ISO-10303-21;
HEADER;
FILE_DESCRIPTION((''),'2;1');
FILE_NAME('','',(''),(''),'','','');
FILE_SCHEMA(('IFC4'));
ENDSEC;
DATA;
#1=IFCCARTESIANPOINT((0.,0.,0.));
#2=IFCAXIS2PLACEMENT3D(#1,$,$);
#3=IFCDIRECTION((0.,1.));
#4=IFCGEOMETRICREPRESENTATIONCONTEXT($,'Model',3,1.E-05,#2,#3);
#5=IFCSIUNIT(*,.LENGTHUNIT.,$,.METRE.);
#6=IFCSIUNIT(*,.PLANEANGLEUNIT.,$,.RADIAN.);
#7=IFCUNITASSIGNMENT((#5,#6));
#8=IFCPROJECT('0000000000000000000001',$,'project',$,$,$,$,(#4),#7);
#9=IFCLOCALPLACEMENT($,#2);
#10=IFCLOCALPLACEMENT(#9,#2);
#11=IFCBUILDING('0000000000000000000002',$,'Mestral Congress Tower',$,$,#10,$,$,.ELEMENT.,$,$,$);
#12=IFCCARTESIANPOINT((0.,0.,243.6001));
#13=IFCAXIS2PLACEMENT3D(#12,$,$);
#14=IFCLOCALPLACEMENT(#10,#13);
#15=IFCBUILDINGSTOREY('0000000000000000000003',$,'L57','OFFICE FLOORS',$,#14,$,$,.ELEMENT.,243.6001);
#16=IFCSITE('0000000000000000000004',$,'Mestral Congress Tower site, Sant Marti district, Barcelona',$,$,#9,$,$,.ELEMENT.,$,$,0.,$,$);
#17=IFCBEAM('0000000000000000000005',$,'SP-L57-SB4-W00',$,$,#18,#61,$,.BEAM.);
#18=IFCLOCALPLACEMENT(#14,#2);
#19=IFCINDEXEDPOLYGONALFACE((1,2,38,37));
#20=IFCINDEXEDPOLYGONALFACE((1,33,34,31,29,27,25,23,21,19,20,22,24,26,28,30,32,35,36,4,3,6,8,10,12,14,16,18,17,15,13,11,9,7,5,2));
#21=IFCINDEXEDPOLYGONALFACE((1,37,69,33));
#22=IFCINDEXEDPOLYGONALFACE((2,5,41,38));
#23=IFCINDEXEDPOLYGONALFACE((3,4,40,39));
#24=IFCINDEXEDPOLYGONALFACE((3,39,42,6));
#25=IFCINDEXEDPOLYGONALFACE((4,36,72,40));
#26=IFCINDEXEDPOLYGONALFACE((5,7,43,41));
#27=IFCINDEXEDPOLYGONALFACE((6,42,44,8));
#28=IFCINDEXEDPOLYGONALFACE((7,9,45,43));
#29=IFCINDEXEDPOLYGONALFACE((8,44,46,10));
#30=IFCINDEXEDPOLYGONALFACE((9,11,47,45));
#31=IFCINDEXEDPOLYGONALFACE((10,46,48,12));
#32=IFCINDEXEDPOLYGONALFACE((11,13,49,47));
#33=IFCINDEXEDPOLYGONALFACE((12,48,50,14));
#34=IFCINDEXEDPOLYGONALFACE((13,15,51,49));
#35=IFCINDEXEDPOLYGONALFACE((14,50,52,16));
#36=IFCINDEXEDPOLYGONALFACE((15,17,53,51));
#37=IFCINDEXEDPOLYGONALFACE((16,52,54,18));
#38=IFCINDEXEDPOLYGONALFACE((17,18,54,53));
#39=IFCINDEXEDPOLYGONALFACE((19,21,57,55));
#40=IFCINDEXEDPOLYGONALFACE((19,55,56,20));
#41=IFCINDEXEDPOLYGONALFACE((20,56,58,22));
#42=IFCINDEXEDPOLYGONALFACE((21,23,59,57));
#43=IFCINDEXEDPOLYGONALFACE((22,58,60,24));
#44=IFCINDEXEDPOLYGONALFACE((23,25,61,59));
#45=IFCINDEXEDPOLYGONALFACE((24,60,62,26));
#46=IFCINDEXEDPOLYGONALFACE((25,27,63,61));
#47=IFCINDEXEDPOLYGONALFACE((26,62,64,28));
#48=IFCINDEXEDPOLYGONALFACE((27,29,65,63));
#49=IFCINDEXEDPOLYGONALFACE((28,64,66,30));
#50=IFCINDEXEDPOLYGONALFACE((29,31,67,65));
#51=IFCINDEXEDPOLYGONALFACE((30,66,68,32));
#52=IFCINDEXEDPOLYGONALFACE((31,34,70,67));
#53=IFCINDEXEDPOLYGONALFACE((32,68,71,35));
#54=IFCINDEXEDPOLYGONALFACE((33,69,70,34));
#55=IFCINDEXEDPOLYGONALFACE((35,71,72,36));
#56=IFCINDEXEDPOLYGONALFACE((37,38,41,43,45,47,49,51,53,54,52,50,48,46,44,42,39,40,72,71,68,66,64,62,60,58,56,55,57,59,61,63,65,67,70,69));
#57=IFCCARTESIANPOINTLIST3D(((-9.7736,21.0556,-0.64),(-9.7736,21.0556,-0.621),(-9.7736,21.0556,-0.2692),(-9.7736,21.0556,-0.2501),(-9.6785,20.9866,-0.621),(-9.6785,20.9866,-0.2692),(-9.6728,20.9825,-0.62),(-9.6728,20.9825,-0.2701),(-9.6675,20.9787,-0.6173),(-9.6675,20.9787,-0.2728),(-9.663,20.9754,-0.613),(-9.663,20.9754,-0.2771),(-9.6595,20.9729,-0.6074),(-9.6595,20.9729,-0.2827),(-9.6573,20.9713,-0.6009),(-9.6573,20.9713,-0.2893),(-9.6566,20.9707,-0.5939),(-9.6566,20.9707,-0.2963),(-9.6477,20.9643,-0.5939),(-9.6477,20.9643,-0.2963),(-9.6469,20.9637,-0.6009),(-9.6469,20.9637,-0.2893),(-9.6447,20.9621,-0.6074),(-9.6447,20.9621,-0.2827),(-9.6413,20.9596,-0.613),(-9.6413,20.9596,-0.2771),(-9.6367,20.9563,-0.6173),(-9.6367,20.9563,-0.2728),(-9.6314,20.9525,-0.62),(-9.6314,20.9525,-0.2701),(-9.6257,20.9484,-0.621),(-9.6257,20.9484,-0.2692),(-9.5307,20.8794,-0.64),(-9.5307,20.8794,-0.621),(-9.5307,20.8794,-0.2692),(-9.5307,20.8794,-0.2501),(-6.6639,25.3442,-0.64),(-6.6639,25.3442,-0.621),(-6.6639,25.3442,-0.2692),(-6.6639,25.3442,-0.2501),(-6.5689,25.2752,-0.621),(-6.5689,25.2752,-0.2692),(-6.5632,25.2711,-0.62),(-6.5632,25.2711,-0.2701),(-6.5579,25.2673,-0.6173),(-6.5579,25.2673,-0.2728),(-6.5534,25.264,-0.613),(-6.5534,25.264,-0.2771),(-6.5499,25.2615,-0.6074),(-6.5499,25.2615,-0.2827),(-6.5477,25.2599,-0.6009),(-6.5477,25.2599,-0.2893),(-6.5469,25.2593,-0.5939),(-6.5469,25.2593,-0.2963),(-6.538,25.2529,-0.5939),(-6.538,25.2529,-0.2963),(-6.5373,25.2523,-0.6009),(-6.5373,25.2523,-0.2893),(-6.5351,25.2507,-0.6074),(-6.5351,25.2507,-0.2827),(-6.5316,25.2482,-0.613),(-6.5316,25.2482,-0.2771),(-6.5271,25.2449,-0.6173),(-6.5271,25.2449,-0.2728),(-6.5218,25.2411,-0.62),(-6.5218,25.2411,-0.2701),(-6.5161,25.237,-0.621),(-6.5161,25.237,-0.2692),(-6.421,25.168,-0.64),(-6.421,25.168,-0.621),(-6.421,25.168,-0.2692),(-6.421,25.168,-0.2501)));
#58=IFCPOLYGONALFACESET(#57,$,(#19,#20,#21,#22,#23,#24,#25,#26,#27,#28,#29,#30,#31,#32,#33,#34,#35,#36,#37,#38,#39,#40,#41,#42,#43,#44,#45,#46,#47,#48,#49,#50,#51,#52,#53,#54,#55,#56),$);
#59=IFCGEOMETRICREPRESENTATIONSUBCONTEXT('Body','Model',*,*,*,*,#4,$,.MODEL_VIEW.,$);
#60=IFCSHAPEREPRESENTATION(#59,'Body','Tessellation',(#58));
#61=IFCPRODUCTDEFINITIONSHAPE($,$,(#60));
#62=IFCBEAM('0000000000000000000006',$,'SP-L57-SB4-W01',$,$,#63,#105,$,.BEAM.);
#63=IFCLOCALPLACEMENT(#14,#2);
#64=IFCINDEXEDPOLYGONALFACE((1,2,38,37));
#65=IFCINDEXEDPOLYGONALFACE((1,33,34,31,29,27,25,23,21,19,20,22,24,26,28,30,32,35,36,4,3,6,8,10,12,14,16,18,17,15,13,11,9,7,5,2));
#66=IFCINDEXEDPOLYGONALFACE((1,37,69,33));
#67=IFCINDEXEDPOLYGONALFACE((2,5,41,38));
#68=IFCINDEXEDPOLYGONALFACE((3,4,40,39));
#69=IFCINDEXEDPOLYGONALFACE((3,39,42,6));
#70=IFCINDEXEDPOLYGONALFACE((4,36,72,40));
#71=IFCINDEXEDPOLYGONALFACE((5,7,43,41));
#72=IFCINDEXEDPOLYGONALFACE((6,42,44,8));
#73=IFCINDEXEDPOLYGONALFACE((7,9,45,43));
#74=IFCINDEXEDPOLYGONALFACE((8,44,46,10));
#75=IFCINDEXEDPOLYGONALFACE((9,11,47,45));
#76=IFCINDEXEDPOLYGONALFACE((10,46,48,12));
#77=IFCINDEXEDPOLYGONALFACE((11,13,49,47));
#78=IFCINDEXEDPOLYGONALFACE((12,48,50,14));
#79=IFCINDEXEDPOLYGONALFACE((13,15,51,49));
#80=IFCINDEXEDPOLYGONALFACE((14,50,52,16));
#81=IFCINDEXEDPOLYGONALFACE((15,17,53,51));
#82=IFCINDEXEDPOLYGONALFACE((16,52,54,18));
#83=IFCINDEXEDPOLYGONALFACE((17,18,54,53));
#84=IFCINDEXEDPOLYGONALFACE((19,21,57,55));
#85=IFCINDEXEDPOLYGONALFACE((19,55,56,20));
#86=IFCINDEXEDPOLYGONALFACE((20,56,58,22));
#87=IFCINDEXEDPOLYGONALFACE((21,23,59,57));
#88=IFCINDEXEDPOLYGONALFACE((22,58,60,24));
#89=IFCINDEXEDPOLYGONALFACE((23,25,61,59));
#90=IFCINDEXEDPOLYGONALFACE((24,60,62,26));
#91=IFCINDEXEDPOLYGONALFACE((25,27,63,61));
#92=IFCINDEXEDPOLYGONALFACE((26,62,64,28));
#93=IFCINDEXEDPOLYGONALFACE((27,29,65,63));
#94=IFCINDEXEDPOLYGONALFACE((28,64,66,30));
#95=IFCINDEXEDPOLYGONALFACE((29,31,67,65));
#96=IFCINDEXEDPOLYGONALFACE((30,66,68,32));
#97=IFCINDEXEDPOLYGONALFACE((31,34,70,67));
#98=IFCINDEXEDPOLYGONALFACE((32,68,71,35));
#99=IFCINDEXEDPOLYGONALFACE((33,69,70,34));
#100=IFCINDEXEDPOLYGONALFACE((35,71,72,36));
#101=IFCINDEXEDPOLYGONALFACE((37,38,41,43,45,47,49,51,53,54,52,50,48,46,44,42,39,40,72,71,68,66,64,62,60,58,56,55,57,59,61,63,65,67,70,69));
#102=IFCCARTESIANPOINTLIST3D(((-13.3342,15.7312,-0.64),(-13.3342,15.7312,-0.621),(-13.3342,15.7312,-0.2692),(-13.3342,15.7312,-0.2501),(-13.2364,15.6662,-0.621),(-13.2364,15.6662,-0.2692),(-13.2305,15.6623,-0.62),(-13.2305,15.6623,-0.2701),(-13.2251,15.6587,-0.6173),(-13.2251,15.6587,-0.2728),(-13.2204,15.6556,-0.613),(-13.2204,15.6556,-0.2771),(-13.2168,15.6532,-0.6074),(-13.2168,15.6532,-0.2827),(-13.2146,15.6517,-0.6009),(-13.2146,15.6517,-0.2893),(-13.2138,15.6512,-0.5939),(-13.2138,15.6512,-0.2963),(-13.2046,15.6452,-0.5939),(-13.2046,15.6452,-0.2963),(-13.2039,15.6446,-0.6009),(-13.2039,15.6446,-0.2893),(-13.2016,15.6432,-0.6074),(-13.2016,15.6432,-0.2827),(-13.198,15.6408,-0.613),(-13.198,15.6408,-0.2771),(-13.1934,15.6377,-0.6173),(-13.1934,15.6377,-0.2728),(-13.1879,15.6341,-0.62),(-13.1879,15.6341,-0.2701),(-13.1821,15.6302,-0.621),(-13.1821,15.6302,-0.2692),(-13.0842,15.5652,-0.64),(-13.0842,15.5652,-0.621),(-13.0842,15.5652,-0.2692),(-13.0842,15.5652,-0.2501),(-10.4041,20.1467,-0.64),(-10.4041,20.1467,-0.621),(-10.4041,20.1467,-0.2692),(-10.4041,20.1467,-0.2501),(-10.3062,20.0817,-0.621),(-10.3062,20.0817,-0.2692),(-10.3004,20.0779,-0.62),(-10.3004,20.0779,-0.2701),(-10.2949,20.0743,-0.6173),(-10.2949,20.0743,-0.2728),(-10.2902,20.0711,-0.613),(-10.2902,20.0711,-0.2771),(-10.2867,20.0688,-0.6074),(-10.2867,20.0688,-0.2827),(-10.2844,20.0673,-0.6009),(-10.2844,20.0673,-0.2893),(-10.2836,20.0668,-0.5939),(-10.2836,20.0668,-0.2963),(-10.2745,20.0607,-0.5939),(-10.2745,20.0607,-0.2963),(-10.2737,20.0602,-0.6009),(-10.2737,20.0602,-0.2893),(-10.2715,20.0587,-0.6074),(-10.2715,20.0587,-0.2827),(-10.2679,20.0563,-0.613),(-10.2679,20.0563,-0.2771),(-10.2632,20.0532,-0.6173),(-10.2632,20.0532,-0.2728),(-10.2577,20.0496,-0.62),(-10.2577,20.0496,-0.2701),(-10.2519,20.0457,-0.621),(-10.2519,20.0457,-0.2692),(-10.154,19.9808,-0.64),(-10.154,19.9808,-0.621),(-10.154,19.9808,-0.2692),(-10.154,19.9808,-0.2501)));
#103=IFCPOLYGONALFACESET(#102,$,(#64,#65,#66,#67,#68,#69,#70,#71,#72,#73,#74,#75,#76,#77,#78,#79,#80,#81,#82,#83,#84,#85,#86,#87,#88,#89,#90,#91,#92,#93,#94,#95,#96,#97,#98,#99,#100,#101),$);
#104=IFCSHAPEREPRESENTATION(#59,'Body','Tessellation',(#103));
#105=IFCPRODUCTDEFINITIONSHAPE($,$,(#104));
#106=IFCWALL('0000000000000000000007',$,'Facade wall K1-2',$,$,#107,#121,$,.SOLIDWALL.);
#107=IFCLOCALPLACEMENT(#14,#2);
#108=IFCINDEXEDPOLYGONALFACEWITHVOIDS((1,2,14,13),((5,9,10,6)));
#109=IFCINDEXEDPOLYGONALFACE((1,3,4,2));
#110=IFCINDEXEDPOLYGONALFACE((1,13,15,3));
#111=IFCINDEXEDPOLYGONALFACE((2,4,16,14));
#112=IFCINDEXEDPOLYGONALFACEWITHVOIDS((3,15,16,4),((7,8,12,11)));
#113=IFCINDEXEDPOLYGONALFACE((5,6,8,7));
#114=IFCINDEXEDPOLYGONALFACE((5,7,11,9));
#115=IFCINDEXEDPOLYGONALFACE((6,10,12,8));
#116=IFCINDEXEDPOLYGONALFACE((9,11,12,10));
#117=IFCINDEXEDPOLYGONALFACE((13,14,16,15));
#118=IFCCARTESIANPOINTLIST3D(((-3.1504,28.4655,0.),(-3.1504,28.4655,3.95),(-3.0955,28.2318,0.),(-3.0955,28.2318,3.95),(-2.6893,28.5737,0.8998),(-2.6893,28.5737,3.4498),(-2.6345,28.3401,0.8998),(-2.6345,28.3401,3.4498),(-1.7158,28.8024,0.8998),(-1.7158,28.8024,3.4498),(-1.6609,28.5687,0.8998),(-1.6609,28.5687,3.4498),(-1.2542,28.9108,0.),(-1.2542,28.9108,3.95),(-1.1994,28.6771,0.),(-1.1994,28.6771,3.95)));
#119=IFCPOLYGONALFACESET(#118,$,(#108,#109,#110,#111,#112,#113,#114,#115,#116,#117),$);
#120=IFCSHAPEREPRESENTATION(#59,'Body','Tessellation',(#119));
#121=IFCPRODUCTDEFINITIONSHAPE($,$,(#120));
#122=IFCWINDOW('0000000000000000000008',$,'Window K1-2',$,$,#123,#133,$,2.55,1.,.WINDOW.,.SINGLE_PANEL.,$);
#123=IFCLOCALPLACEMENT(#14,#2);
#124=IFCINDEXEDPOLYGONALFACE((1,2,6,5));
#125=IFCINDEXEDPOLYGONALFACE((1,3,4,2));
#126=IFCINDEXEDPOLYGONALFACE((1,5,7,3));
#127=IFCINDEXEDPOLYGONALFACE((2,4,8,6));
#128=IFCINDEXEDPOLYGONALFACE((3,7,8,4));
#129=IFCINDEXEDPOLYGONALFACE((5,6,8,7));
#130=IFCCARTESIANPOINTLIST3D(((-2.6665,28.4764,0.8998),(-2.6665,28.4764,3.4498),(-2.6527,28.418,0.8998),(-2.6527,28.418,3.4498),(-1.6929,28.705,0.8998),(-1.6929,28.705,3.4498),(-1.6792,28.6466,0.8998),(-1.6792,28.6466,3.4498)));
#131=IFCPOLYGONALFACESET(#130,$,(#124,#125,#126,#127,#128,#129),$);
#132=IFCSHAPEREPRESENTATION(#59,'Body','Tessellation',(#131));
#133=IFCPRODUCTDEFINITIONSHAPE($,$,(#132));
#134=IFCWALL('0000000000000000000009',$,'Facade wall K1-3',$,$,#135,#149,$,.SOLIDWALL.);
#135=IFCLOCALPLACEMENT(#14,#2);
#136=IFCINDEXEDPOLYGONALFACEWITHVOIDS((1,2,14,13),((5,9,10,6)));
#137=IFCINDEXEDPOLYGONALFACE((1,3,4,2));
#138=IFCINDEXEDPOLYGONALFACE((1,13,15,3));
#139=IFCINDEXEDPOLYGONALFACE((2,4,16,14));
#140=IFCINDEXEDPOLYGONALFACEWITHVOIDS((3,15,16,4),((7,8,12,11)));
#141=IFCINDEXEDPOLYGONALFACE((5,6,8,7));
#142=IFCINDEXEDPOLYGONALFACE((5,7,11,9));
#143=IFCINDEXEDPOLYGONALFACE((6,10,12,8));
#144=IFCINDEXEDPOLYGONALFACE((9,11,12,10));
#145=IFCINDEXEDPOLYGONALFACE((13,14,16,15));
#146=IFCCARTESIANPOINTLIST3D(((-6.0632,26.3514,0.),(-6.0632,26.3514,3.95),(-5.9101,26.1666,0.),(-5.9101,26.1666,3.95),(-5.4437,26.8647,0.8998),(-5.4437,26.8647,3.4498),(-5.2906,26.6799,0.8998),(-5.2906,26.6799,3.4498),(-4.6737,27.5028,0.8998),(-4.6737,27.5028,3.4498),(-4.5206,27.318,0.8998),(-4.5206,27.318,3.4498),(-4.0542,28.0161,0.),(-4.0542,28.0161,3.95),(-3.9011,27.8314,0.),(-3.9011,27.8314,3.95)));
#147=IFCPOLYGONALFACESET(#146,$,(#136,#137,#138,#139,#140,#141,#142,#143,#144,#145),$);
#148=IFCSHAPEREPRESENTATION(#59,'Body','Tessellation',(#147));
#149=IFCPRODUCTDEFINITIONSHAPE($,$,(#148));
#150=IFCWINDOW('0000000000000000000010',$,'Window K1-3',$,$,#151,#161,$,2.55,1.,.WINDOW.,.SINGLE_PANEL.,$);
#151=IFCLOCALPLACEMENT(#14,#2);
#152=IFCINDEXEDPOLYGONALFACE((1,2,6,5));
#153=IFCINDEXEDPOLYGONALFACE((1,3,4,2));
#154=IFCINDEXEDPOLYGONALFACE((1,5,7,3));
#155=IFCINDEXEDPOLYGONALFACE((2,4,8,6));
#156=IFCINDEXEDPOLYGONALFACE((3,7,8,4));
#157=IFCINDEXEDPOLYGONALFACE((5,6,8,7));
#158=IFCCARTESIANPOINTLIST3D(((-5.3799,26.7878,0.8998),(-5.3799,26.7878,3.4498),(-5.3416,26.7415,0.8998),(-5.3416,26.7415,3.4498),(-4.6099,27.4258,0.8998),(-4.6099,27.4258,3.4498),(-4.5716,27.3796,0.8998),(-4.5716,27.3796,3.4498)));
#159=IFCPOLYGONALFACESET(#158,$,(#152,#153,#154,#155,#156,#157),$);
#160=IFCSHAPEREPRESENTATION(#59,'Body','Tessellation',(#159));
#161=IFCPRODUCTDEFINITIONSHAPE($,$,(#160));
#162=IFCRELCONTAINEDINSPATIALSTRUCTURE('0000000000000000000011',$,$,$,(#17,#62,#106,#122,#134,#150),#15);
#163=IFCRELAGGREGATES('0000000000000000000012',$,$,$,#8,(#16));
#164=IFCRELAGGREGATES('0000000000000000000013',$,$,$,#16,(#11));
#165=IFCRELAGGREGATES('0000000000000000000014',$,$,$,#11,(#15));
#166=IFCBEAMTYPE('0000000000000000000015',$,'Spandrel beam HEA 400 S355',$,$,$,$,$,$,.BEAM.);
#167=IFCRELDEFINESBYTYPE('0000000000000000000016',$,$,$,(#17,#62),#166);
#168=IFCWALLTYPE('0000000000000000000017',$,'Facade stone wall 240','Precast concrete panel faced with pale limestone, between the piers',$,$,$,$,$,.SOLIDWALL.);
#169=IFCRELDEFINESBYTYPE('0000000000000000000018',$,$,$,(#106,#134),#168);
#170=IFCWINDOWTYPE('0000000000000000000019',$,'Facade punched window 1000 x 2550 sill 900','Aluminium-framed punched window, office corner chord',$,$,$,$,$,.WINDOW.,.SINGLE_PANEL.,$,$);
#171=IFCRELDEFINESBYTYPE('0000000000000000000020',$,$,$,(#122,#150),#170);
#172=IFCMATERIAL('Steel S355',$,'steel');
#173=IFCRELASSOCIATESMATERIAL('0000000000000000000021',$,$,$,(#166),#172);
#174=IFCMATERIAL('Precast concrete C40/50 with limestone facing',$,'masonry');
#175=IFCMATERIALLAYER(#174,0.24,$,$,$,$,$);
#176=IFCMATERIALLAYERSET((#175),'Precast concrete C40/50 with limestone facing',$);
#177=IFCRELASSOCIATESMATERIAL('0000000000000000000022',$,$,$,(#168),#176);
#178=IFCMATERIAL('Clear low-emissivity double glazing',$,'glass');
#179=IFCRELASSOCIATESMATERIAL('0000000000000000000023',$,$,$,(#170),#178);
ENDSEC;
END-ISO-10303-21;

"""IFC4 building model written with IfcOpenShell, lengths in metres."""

from ifc_helpers import new_model, si_unit, direction, frame, frame_2d, origin, origin_2d, place, context, subcontext, project, spatial, rectangle, i_section, extrude, material, layer, layer_set, material_profile, profile_set, type_object, element, fill, save


model = new_model("IFC4")

# Units and contexts
model_context = context("Model", 3, precision=1e-05, world=origin(), true_north=direction((0.0, 1.0)))
body_context = subcontext(model_context, "Body", "Model", "MODEL_VIEW")
ifc_project = project(units=[si_unit("LENGTHUNIT", "METRE"), si_unit("PLANEANGLEUNIT", "RADIAN")], contexts=[model_context])

# Site, building, storey
site_placement = place(None, origin())
site = spatial("IfcSite", under=ifc_project, at=site_placement, Name="Mestral Congress Tower site, Sant Marti district, Barcelona", CompositionType="ELEMENT", RefElevation=0.0)
building_placement = place(site_placement, origin())
building = spatial("IfcBuilding", under=site, at=building_placement, Name="Mestral Congress Tower", CompositionType="ELEMENT")
storey_placement = place(building_placement, frame((0.0, 0.0, 243.6001)))
storey = spatial("IfcBuildingStorey", under=building, at=storey_placement, Name="L57", Description="OFFICE FLOORS", CompositionType="ELEMENT", Elevation=243.6001)

# Beams
ifc_material_1 = material(Name="Steel S355", Category="steel")
ifc_material_profile_1 = material_profile(ifc_material_1, i_section(OverallWidth=0.3, OverallDepth=0.3899, WebThickness=0.011, FlangeThickness=0.019, FilletRadius=0.0271, at=origin_2d()), Name="HEA 400")
ifc_profile_set_1 = profile_set([ifc_material_profile_1], Name="Steel S355")
beam_type_1 = type_object("IfcBeamType", Name="Spandrel beam HEA 400 S355", PredefinedType="BEAM", material=ifc_profile_set_1)
beam_1_placement = place(storey_placement, frame((-6.5425, 25.2561, -0.4451), z_axis=(-0.587017, -0.809574, 0.0), x_axis=(0.809574, -0.587017, 0.0)))
element("IfcBeam", 1, at=beam_1_placement, inside=storey, type_object=beam_type_1, Name="SP-L57-SB4-W00", PredefinedType="BEAM", context=body_context, shape_type="SweptSolid", body=[
    extrude(i_section(OverallWidth=0.3, OverallDepth=0.3899, WebThickness=0.011, FlangeThickness=0.019, FilletRadius=0.0271, at=origin_2d()), origin(), (0.0, 0.0, 1.0), 5.2974),
])
beam_2_placement = place(storey_placement, frame((-10.2791, 20.0637, -0.4451), z_axis=(-0.552934, -0.833225, 0.0), x_axis=(0.833225, -0.552934, 0.0)))
element("IfcBeam", 2, at=beam_2_placement, inside=storey, type_object=beam_type_1, Name="SP-L57-SB4-W01", PredefinedType="BEAM", context=body_context, shape_type="SweptSolid", body=[
    extrude(i_section(OverallWidth=0.3, OverallDepth=0.3899, WebThickness=0.011, FlangeThickness=0.019, FilletRadius=0.0271, at=origin_2d()), origin(), (0.0, 0.0, 1.0), 5.2993),
])

# Walls, openings, windows
ifc_material_2 = material(Name="Precast concrete C40/50 with limestone facing", Category="masonry")
ifc_layer_1 = layer(ifc_material_2, 0.24)
ifc_layer_set_1 = layer_set([ifc_layer_1], Name="Precast concrete C40/50 with limestone facing")
wall_type_1 = type_object("IfcWallType", Name="Facade stone wall 240", Description="Precast concrete panel faced with pale limestone, between the piers", PredefinedType="SOLIDWALL", material=ifc_layer_set_1)
wall_1_placement = place(storey_placement, frame((-1.2268, 28.7939, 0.0), z_axis=(0.0, 0.0, 1.0), x_axis=(-0.973516, -0.22862, 0.0)))
wall_1 = element("IfcWall", 3, at=wall_1_placement, inside=storey, type_object=wall_type_1, Name="Facade wall K1-2", PredefinedType="SOLIDWALL", context=body_context, shape_type="SweptSolid", body=[
    extrude(rectangle(XDim=1.9478, YDim=0.24, at=frame_2d((0.9739, 0.0))), origin(), (0.0, 0.0, 1.0), 3.95),
])
opening_1_placement = place(wall_1_placement, frame((0.4741, 0.0, 0.8999)))
opening_1 = element("IfcOpeningElement", 4, at=opening_1_placement, cuts=wall_1, PredefinedType="OPENING", context=body_context, shape_type="SweptSolid", body=[
    extrude(rectangle(XDim=1.0, YDim=2.55, at=frame_2d((0.5, 1.2749))), frame((0.0, 0.1299, 0.0), z_axis=(0.0, -1.0, 0.0), x_axis=(1.0, 0.0, 0.0)), (0.0, 0.0, 1.0), 0.26),
])
ifc_material_3 = material(Name="Clear low-emissivity double glazing", Category="glass")
window_type_1 = type_object("IfcWindowType", Name="Facade punched window 1000 x 2550 sill 900", Description="Aluminium-framed punched window, office corner chord", PartitioningType="SINGLE_PANEL", PredefinedType="WINDOW", material=ifc_material_3)
window_1_placement = place(opening_1_placement, origin())
window_1 = element("IfcWindow", 5, at=window_1_placement, inside=storey, type_object=window_type_1, Name="Window K1-2", OverallHeight=2.55, OverallWidth=1.0, PartitioningType="SINGLE_PANEL", PredefinedType="WINDOW", context=body_context, shape_type="SweptSolid", body=[
    extrude(rectangle(XDim=1.0, YDim=2.55, at=frame_2d((0.5, 1.2749))), frame((0.0, 0.04, 0.0), z_axis=(0.0, -1.0, 0.0), x_axis=(1.0, 0.0, 0.0)), (0.0, 0.0, 1.0), 0.0601),
])
fill(opening_1, window_1)
wall_2_placement = place(storey_placement, frame((-3.9775, 27.9238, 0.0), z_axis=(0.0, 0.0, 1.0), x_axis=(-0.76999, -0.638056, 0.0)))
wall_2 = element("IfcWall", 6, at=wall_2_placement, inside=storey, type_object=wall_type_1, Name="Facade wall K1-3", PredefinedType="SOLIDWALL", context=body_context, shape_type="SweptSolid", body=[
    extrude(rectangle(XDim=2.6091, YDim=0.24, at=frame_2d((1.3047, 0.0))), origin(), (0.0, 0.0, 1.0), 3.95),
])
opening_2_placement = place(wall_2_placement, frame((0.8047, 0.0, 0.8999)))
opening_2 = element("IfcOpeningElement", 7, at=opening_2_placement, cuts=wall_2, PredefinedType="OPENING", context=body_context, shape_type="SweptSolid", body=[
    extrude(rectangle(XDim=1.0, YDim=2.55, at=frame_2d((0.5, 1.2749))), frame((0.0, 0.1299, 0.0), z_axis=(0.0, -1.0, 0.0), x_axis=(1.0, 0.0, 0.0)), (0.0, 0.0, 1.0), 0.26),
])
window_2_placement = place(opening_2_placement, origin())
window_2 = element("IfcWindow", 8, at=window_2_placement, inside=storey, type_object=window_type_1, Name="Window K1-3", OverallHeight=2.55, OverallWidth=1.0, PartitioningType="SINGLE_PANEL", PredefinedType="WINDOW", context=body_context, shape_type="SweptSolid", body=[
    extrude(rectangle(XDim=1.0, YDim=2.55, at=frame_2d((0.5, 1.2749))), frame((0.0, 0.04, 0.0), z_axis=(0.0, -1.0, 0.0), x_axis=(1.0, 0.0, 0.0)), (0.0, 0.0, 1.0), 0.0601),
])
fill(opening_2, window_2)

save(model, "model.ifc")
